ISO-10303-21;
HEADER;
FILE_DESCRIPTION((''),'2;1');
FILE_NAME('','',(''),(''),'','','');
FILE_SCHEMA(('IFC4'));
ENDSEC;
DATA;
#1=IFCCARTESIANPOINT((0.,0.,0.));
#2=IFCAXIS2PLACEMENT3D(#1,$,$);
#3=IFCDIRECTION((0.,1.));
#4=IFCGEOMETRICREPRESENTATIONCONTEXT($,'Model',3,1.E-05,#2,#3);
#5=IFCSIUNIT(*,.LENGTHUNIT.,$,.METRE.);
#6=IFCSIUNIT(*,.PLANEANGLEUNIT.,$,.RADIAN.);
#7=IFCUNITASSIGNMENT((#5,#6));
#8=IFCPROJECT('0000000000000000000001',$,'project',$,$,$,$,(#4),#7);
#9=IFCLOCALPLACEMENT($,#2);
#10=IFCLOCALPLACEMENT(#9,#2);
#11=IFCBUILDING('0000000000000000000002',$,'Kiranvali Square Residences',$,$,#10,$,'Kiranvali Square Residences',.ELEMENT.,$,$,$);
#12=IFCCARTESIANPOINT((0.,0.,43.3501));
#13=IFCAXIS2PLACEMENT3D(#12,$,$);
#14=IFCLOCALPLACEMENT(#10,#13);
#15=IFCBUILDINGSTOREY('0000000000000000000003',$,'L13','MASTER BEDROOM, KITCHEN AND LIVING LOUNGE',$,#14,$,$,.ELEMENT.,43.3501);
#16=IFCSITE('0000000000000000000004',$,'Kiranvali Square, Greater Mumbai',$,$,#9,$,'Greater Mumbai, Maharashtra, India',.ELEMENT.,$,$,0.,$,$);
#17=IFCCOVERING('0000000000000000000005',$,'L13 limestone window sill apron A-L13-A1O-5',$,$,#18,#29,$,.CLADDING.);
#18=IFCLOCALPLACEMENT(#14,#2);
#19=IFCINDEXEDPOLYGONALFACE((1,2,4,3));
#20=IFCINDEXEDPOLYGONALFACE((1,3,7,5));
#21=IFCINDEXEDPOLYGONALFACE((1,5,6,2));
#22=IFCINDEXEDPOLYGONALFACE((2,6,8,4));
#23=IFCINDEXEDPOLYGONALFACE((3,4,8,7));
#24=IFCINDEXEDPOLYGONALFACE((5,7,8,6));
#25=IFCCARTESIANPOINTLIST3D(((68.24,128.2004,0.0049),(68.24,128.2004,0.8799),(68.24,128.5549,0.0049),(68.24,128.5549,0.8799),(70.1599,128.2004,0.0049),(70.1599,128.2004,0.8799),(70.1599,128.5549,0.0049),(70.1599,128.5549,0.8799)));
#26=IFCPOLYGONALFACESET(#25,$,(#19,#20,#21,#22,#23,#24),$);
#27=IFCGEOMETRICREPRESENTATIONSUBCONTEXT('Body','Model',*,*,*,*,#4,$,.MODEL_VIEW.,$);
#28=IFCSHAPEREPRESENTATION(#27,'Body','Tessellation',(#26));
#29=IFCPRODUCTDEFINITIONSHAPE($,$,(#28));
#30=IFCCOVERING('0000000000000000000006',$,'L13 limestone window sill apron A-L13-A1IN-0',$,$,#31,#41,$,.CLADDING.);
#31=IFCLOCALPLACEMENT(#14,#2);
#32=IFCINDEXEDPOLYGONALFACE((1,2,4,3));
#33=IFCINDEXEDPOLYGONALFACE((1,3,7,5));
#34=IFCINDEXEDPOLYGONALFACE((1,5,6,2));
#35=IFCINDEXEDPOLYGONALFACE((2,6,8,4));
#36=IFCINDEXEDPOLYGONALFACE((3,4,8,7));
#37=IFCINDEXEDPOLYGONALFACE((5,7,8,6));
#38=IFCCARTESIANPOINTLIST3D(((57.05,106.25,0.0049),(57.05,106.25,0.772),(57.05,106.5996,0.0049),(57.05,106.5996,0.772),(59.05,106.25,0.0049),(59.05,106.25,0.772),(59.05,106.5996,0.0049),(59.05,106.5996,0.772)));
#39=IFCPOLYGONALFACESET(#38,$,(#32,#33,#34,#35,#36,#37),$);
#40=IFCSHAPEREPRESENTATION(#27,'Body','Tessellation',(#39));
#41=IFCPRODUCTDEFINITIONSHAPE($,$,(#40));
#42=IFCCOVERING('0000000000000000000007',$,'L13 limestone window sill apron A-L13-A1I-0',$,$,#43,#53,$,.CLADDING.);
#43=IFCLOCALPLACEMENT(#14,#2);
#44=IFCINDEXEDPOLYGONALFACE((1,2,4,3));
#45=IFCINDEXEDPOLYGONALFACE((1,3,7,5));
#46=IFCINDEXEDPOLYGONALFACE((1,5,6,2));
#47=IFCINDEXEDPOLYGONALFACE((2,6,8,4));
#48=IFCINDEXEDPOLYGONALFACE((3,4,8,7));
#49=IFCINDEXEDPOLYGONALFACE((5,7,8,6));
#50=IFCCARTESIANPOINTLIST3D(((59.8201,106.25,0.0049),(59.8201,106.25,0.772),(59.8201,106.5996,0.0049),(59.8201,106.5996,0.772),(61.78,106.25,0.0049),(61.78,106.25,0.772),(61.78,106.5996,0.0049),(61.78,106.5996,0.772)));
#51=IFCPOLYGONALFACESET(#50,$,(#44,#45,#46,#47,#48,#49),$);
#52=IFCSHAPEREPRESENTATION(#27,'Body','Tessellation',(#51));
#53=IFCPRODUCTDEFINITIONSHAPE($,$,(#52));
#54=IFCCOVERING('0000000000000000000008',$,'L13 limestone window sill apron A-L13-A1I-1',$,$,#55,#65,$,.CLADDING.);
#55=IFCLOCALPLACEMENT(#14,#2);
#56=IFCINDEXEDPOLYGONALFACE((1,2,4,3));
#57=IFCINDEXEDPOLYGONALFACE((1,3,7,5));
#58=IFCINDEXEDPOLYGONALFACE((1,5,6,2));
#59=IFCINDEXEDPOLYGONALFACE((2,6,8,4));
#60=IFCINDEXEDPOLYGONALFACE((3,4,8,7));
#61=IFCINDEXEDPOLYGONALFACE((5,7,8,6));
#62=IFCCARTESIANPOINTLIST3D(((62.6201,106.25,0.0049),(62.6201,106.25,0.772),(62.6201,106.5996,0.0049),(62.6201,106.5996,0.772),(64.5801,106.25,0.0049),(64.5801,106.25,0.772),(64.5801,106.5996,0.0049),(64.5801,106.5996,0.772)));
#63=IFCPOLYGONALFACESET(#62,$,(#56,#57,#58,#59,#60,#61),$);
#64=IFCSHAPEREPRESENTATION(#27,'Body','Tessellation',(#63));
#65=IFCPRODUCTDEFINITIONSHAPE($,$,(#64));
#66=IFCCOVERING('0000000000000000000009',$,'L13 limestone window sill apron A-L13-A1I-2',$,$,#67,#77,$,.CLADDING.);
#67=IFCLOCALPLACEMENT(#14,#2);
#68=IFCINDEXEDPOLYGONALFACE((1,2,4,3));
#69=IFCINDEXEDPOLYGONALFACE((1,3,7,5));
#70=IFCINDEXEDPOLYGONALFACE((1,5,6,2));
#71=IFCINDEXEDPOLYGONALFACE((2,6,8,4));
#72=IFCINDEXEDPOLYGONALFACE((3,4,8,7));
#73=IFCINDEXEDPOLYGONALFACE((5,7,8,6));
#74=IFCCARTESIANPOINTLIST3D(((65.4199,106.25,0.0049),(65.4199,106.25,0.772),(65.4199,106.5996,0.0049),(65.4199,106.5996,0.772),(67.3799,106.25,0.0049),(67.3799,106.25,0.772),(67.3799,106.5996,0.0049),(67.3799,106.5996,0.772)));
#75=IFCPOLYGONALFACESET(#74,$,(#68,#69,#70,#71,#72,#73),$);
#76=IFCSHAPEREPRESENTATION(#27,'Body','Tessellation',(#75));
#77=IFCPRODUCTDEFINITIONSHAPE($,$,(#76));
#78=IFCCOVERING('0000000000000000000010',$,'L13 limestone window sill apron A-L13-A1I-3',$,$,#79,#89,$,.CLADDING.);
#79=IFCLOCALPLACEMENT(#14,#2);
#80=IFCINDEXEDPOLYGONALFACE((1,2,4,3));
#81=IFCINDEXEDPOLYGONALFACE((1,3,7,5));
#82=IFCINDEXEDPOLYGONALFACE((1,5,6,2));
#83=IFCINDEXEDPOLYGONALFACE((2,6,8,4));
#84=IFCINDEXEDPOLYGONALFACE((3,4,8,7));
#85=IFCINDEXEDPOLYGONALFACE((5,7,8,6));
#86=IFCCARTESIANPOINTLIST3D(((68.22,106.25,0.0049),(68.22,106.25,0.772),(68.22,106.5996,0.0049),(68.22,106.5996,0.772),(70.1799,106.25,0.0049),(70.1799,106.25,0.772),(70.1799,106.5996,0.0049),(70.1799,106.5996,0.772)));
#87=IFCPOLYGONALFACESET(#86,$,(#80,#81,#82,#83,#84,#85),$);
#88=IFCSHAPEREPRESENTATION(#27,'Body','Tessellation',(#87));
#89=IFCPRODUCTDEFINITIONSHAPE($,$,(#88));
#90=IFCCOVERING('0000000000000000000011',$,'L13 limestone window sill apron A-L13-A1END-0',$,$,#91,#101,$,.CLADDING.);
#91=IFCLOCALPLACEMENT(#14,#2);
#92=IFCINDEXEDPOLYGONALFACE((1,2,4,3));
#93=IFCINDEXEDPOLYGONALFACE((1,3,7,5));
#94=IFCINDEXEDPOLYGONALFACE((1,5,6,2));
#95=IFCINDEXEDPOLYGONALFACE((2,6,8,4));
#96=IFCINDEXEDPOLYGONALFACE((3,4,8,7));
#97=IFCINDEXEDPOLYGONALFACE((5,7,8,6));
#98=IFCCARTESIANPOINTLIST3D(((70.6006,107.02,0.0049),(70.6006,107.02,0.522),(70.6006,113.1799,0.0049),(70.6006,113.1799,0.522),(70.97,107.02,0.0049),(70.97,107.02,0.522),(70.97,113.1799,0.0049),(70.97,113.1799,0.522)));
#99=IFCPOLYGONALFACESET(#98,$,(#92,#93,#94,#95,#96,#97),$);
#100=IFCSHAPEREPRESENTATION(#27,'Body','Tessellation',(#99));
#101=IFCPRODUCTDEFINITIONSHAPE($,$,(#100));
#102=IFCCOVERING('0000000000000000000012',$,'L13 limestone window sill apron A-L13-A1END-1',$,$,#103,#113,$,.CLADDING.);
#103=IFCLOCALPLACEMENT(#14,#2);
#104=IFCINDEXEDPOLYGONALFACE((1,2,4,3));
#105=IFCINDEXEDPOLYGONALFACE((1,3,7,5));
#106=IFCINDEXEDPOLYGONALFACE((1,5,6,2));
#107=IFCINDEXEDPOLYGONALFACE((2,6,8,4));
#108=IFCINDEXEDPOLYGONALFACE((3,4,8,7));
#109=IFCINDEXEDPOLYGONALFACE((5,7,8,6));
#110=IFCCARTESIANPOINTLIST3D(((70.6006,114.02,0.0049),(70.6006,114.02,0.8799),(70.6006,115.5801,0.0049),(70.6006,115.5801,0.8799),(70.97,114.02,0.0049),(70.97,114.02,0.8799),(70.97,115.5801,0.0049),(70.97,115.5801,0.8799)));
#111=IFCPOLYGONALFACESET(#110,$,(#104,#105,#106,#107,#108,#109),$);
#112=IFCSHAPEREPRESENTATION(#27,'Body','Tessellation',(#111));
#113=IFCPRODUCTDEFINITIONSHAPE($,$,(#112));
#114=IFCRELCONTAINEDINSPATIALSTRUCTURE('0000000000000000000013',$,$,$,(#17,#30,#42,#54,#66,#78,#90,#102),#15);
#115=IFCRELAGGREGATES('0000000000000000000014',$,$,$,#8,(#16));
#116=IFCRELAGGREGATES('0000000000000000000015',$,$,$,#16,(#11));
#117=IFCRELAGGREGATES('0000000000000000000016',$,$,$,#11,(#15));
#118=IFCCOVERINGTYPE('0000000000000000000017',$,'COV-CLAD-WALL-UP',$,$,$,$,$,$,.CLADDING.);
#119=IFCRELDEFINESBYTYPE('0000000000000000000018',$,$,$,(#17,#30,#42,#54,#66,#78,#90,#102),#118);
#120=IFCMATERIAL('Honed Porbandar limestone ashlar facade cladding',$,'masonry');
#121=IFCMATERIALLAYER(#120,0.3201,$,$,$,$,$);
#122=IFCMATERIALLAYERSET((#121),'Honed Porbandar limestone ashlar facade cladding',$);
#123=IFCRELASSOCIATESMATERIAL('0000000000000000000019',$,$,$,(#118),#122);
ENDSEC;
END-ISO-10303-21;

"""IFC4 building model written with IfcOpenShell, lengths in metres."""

from ifc_helpers import new_model, si_unit, direction, frame, origin, place, context, subcontext, project, spatial, polyline, outline, extrude, material, layer, layer_set, type_object, element, save


model = new_model("IFC4")

# Units and contexts
model_context = context("Model", 3, precision=1e-05, world=origin(), true_north=direction((0.0, 1.0)))
body_context = subcontext(model_context, "Body", "Model", "MODEL_VIEW")
ifc_project = project(units=[si_unit("LENGTHUNIT", "METRE"), si_unit("PLANEANGLEUNIT", "RADIAN")], contexts=[model_context])

# Site, building, storey
site_placement = place(None, origin())
site = spatial("IfcSite", under=ifc_project, at=site_placement, Name="Kiranvali Square, Greater Mumbai", LongName="Greater Mumbai, Maharashtra, India", CompositionType="ELEMENT", RefElevation=0.0)
building_placement = place(site_placement, origin())
building = spatial("IfcBuilding", under=site, at=building_placement, Name="Kiranvali Square Residences", LongName="Kiranvali Square Residences", CompositionType="ELEMENT")
storey_placement = place(building_placement, frame((0.0, 0.0, 43.3501)))
storey = spatial("IfcBuildingStorey", under=building, at=storey_placement, Name="L13", Description="MASTER BEDROOM, KITCHEN AND LIVING LOUNGE", CompositionType="ELEMENT", Elevation=43.3501)

# Coverings
ifc_material = material(Name="Honed Porbandar limestone ashlar facade cladding", Category="masonry")
ifc_layer_1 = layer(ifc_material, 0.3201)
ifc_layer_set_1 = layer_set([ifc_layer_1], Name="Honed Porbandar limestone ashlar facade cladding")
covering_type_1 = type_object("IfcCoveringType", Name="COV-CLAD-WALL-UP", PredefinedType="CLADDING", material=ifc_layer_set_1)
covering_1_placement = place(storey_placement, frame((0.0, 0.0, 0.0049)))
element("IfcCovering", 1, at=covering_1_placement, inside=storey, type_object=covering_type_1, Name="L13 limestone window sill apron A-L13-A1O-5", PredefinedType="CLADDING", context=body_context, shape_type="SweptSolid", body=[
    extrude(outline(polyline([(68.24, 128.2004), (70.1599, 128.2004), (70.1599, 128.5549), (68.24, 128.5549), (68.24, 128.2004)])), origin(), (0.0, 0.0, 1.0), 0.875),
])
covering_2_placement = place(storey_placement, frame((0.0, 0.0, 0.0049)))
element("IfcCovering", 2, at=covering_2_placement, inside=storey, type_object=covering_type_1, Name="L13 limestone window sill apron A-L13-A1IN-0", PredefinedType="CLADDING", context=body_context, shape_type="SweptSolid", body=[
    extrude(outline(polyline([(57.05, 106.25), (59.05, 106.25), (59.05, 106.5996), (57.05, 106.5996), (57.05, 106.25)])), origin(), (0.0, 0.0, 1.0), 0.7671),
])
covering_3_placement = place(storey_placement, frame((0.0, 0.0, 0.0049)))
element("IfcCovering", 3, at=covering_3_placement, inside=storey, type_object=covering_type_1, Name="L13 limestone window sill apron A-L13-A1I-0", PredefinedType="CLADDING", context=body_context, shape_type="SweptSolid", body=[
    extrude(outline(polyline([(59.8201, 106.25), (61.78, 106.25), (61.78, 106.5996), (59.8201, 106.5996), (59.8201, 106.25)])), origin(), (0.0, 0.0, 1.0), 0.7671),
])
covering_4_placement = place(storey_placement, frame((0.0, 0.0, 0.0049)))
element("IfcCovering", 4, at=covering_4_placement, inside=storey, type_object=covering_type_1, Name="L13 limestone window sill apron A-L13-A1I-1", PredefinedType="CLADDING", context=body_context, shape_type="SweptSolid", body=[
    extrude(outline(polyline([(62.6201, 106.25), (64.5801, 106.25), (64.5801, 106.5996), (62.6201, 106.5996), (62.6201, 106.25)])), origin(), (0.0, 0.0, 1.0), 0.7671),
])
covering_5_placement = place(storey_placement, frame((0.0, 0.0, 0.0049)))
element("IfcCovering", 5, at=covering_5_placement, inside=storey, type_object=covering_type_1, Name="L13 limestone window sill apron A-L13-A1I-2", PredefinedType="CLADDING", context=body_context, shape_type="SweptSolid", body=[
    extrude(outline(polyline([(65.4199, 106.25), (67.3799, 106.25), (67.3799, 106.5996), (65.4199, 106.5996), (65.4199, 106.25)])), origin(), (0.0, 0.0, 1.0), 0.7671),
])
covering_6_placement = place(storey_placement, frame((0.0, 0.0, 0.0049)))
element("IfcCovering", 6, at=covering_6_placement, inside=storey, type_object=covering_type_1, Name="L13 limestone window sill apron A-L13-A1I-3", PredefinedType="CLADDING", context=body_context, shape_type="SweptSolid", body=[
    extrude(outline(polyline([(68.22, 106.25), (70.1799, 106.25), (70.1799, 106.5996), (68.22, 106.5996), (68.22, 106.25)])), origin(), (0.0, 0.0, 1.0), 0.7671),
])
covering_7_placement = place(storey_placement, frame((0.0, 0.0, 0.0049)))
element("IfcCovering", 7, at=covering_7_placement, inside=storey, type_object=covering_type_1, Name="L13 limestone window sill apron A-L13-A1END-0", PredefinedType="CLADDING", context=body_context, shape_type="SweptSolid", body=[
    extrude(outline(polyline([(70.97, 107.02), (70.97, 113.1799), (70.6006, 113.1799), (70.6006, 107.02), (70.97, 107.02)])), origin(), (0.0, 0.0, 1.0), 0.5171),
])
covering_8_placement = place(storey_placement, frame((0.0, 0.0, 0.0049)))
element("IfcCovering", 8, at=covering_8_placement, inside=storey, type_object=covering_type_1, Name="L13 limestone window sill apron A-L13-A1END-1", PredefinedType="CLADDING", context=body_context, shape_type="SweptSolid", body=[
    extrude(outline(polyline([(70.97, 114.02), (70.97, 115.5801), (70.6006, 115.5801), (70.6006, 114.02), (70.97, 114.02)])), origin(), (0.0, 0.0, 1.0), 0.875),
])

save(model, "model.ifc")
